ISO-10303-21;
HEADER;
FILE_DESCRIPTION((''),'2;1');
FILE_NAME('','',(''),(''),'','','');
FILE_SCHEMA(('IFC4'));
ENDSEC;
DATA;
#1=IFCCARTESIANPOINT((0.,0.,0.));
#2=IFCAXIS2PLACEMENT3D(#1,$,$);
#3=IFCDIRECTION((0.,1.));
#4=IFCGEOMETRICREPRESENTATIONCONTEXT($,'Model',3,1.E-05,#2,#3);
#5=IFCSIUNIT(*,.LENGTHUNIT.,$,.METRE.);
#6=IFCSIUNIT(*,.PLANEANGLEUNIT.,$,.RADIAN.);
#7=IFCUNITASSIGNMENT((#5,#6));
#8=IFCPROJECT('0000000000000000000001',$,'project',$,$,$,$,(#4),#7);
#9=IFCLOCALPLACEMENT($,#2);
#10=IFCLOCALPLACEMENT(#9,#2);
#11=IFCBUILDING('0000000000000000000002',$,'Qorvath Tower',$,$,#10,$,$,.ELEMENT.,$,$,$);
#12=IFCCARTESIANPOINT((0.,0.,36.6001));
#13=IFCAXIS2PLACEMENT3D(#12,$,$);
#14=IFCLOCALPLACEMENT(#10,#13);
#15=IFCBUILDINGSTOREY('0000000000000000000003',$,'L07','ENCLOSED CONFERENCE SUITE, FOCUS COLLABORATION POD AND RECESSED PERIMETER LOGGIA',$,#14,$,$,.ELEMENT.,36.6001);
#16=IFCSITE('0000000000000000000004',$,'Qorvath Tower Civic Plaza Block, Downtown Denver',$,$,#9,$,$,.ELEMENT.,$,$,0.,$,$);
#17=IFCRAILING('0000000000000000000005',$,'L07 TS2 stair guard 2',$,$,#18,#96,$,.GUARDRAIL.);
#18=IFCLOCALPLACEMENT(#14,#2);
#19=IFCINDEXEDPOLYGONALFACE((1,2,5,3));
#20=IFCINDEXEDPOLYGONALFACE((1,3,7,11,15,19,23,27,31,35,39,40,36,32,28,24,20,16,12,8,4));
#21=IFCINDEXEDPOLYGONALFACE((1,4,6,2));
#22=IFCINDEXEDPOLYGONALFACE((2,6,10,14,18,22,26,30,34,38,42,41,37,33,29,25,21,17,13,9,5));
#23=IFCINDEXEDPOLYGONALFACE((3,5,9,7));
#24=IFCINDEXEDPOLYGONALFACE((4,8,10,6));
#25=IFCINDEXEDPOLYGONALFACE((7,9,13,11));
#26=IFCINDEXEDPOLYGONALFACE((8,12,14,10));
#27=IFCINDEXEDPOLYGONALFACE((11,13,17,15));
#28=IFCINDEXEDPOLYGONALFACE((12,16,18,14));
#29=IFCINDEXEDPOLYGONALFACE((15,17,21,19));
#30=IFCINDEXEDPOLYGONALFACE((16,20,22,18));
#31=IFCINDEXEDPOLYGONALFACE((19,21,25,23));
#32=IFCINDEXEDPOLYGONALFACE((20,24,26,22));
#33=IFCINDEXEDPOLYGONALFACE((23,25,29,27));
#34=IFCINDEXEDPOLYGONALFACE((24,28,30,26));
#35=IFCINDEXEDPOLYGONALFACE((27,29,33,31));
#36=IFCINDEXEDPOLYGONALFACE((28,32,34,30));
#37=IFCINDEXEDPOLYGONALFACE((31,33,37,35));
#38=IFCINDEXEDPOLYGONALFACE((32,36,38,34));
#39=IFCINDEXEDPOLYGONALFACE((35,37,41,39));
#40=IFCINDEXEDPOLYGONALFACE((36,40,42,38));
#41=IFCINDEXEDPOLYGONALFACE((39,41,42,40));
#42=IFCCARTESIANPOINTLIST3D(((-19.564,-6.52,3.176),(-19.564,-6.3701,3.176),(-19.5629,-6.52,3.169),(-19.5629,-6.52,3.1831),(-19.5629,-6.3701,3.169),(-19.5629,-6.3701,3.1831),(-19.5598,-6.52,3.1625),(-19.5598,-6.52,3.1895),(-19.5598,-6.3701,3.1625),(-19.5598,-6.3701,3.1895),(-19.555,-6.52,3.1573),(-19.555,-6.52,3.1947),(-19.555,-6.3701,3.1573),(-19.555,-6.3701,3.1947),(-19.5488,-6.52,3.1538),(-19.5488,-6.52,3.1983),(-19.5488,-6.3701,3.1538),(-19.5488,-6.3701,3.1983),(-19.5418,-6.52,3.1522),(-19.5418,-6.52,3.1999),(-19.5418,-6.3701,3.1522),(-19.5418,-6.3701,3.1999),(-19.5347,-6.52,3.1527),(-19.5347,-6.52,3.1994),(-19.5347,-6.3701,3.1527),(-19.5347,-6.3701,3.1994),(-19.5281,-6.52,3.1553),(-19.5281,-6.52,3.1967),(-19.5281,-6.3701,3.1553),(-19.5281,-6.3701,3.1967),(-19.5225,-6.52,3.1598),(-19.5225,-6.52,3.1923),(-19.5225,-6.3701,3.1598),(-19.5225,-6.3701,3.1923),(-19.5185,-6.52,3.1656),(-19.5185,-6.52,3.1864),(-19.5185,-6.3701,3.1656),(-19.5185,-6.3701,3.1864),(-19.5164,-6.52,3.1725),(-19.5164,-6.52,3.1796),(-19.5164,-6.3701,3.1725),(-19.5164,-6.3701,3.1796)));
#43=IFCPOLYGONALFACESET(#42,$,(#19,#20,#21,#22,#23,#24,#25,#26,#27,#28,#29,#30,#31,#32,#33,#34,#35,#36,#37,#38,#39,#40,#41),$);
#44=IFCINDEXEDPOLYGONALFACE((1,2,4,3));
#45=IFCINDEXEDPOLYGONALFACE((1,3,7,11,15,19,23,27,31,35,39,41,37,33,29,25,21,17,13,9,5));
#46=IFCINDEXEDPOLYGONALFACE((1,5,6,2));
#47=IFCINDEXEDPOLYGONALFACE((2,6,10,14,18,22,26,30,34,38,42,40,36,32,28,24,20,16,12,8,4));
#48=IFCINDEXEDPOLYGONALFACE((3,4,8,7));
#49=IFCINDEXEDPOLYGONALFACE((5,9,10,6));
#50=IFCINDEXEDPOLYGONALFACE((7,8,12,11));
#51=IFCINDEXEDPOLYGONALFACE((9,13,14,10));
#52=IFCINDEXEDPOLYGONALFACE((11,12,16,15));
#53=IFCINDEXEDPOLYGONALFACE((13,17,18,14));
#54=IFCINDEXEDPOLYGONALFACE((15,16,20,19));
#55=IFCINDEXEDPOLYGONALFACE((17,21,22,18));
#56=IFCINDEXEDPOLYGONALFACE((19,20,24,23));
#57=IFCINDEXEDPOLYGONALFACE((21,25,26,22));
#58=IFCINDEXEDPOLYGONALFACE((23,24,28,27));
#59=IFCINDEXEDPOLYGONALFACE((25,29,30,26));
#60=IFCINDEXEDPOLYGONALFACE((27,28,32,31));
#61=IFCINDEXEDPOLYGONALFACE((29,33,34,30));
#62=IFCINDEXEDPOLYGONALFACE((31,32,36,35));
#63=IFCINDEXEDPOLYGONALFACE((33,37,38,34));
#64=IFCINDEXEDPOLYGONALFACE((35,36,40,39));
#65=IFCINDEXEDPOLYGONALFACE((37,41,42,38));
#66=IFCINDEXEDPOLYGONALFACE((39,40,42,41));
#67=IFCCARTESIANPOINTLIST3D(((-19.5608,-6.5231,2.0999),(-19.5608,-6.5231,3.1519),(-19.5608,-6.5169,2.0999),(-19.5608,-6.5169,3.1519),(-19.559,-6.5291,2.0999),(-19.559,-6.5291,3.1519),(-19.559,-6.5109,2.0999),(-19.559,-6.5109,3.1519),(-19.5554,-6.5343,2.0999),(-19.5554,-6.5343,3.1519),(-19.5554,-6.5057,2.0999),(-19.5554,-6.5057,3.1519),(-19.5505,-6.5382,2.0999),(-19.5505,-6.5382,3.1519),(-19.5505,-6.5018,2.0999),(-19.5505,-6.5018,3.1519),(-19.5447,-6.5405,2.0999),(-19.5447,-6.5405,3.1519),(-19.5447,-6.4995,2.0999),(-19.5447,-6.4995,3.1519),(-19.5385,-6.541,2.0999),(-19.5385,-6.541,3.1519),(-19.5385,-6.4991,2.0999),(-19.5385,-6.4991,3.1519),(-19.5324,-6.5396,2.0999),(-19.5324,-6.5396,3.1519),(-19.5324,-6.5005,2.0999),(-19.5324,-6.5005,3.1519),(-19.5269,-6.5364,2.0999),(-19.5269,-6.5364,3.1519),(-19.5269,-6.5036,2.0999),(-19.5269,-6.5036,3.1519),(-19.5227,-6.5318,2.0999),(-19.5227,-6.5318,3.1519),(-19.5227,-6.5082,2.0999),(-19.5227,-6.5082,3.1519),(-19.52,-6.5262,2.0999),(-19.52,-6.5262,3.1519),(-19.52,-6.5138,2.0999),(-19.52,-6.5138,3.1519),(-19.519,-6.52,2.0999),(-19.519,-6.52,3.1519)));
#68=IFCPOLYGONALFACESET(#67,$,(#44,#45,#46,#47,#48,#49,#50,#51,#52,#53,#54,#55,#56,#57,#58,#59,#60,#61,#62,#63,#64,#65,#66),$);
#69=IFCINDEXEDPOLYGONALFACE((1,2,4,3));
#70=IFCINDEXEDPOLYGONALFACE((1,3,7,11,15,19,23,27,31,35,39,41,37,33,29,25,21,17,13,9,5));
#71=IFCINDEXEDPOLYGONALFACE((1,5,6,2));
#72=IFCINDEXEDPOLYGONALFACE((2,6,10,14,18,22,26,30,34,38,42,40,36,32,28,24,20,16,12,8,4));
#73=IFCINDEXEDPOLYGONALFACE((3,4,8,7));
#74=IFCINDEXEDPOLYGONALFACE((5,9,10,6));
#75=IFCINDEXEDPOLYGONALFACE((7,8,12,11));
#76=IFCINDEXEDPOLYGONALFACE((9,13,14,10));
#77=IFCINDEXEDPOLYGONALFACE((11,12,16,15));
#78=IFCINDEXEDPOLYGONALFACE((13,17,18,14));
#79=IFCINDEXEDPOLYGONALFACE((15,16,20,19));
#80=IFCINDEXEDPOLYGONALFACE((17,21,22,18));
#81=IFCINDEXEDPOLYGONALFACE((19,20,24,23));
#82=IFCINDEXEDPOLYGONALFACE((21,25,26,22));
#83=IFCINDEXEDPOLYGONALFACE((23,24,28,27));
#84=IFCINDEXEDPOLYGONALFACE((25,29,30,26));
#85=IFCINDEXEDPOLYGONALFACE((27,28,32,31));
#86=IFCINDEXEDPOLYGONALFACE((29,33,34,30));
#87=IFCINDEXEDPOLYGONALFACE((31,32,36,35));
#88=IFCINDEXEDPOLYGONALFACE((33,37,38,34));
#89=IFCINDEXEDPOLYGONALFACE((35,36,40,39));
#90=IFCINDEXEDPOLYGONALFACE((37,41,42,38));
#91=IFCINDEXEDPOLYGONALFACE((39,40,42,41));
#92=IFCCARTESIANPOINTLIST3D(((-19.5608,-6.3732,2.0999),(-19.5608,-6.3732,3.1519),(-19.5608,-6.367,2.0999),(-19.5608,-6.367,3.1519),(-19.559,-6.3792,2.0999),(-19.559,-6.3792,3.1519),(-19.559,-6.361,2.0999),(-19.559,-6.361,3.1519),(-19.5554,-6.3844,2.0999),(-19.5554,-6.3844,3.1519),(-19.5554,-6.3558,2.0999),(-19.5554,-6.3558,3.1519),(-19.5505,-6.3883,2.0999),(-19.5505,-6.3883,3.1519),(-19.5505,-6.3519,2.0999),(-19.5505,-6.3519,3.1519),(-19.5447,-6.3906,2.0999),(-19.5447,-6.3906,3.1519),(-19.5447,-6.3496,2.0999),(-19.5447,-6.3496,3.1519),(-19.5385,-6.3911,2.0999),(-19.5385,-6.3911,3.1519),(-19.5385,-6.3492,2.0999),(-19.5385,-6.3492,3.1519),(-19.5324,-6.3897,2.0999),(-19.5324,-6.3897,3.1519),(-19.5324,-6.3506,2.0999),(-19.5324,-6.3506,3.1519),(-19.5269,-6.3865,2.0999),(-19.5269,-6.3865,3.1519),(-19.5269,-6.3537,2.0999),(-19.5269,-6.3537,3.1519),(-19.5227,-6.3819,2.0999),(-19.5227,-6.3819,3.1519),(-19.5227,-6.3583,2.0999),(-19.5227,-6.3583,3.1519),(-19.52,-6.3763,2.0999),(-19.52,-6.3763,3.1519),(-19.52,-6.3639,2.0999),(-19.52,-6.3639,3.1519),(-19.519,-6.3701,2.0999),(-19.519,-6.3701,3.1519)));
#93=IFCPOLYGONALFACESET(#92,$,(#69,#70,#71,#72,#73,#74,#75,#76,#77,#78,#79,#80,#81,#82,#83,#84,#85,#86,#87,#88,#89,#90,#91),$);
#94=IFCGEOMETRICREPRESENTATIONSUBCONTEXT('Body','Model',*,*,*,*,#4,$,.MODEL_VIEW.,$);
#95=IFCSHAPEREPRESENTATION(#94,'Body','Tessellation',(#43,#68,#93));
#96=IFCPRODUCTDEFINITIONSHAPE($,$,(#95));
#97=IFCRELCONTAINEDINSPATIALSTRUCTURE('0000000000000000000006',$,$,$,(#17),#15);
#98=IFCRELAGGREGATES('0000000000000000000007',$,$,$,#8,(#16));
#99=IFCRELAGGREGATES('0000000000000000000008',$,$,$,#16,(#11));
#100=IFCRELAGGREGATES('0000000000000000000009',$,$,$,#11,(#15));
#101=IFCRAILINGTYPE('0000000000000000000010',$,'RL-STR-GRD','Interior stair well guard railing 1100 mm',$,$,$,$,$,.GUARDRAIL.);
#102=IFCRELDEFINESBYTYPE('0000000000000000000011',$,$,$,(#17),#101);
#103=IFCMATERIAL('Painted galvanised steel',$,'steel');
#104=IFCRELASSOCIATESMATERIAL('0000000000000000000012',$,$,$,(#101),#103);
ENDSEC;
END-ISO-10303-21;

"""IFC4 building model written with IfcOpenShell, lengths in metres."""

from ifc_helpers import new_model, si_unit, direction, frame, origin, origin_2d, place, context, subcontext, project, spatial, circle, extrude, material, type_object, element, save


model = new_model("IFC4")

# Units and contexts
model_context = context("Model", 3, precision=1e-05, world=origin(), true_north=direction((0.0, 1.0)))
body_context = subcontext(model_context, "Body", "Model", "MODEL_VIEW")
ifc_project = project(units=[si_unit("LENGTHUNIT", "METRE"), si_unit("PLANEANGLEUNIT", "RADIAN")], contexts=[model_context])

# Site, building, storey
site_placement = place(None, origin())
site = spatial("IfcSite", under=ifc_project, at=site_placement, Name="Qorvath Tower Civic Plaza Block, Downtown Denver", CompositionType="ELEMENT", RefElevation=0.0)
building_placement = place(site_placement, origin())
building = spatial("IfcBuilding", under=site, at=building_placement, Name="Qorvath Tower", CompositionType="ELEMENT")
storey_placement = place(building_placement, frame((0.0, 0.0, 36.6001)))
storey = spatial("IfcBuildingStorey", under=building, at=storey_placement, Name="L07", Description="ENCLOSED CONFERENCE SUITE, FOCUS COLLABORATION POD AND RECESSED PERIMETER LOGGIA", CompositionType="ELEMENT", Elevation=36.6001)

# Railing
ifc_material_1 = material(Name="Painted galvanised steel", Category="steel")
railing_type_1 = type_object("IfcRailingType", Name="RL-STR-GRD", Description="Interior stair well guard railing 1100 mm", PredefinedType="GUARDRAIL", material=ifc_material_1)
railing_1_placement = place(storey_placement, frame((-19.54, -6.52, 2.0999)))
element("IfcRailing", 1, at=railing_1_placement, inside=storey, type_object=railing_type_1, Name="L07 TS2 stair guard 2", PredefinedType="GUARDRAIL", context=body_context, shape_type="SweptSolid", body=[
    extrude(circle(Radius=0.0239, at=origin_2d()), frame((0.0, 0.0, 1.0762), z_axis=(0.0, 1.0, 0.0), x_axis=(-1.0, 0.0, 0.0)), (0.0, 0.0, 1.0), 0.1499),
    extrude(circle(Radius=0.021, at=origin_2d()), origin(), (0.0, 0.0, 1.0), 1.052),
    extrude(circle(Radius=0.021, at=origin_2d()), frame((0.0, 0.1499, 0.0)), (0.0, 0.0, 1.0), 1.052),
])

save(model, "model.ifc")
